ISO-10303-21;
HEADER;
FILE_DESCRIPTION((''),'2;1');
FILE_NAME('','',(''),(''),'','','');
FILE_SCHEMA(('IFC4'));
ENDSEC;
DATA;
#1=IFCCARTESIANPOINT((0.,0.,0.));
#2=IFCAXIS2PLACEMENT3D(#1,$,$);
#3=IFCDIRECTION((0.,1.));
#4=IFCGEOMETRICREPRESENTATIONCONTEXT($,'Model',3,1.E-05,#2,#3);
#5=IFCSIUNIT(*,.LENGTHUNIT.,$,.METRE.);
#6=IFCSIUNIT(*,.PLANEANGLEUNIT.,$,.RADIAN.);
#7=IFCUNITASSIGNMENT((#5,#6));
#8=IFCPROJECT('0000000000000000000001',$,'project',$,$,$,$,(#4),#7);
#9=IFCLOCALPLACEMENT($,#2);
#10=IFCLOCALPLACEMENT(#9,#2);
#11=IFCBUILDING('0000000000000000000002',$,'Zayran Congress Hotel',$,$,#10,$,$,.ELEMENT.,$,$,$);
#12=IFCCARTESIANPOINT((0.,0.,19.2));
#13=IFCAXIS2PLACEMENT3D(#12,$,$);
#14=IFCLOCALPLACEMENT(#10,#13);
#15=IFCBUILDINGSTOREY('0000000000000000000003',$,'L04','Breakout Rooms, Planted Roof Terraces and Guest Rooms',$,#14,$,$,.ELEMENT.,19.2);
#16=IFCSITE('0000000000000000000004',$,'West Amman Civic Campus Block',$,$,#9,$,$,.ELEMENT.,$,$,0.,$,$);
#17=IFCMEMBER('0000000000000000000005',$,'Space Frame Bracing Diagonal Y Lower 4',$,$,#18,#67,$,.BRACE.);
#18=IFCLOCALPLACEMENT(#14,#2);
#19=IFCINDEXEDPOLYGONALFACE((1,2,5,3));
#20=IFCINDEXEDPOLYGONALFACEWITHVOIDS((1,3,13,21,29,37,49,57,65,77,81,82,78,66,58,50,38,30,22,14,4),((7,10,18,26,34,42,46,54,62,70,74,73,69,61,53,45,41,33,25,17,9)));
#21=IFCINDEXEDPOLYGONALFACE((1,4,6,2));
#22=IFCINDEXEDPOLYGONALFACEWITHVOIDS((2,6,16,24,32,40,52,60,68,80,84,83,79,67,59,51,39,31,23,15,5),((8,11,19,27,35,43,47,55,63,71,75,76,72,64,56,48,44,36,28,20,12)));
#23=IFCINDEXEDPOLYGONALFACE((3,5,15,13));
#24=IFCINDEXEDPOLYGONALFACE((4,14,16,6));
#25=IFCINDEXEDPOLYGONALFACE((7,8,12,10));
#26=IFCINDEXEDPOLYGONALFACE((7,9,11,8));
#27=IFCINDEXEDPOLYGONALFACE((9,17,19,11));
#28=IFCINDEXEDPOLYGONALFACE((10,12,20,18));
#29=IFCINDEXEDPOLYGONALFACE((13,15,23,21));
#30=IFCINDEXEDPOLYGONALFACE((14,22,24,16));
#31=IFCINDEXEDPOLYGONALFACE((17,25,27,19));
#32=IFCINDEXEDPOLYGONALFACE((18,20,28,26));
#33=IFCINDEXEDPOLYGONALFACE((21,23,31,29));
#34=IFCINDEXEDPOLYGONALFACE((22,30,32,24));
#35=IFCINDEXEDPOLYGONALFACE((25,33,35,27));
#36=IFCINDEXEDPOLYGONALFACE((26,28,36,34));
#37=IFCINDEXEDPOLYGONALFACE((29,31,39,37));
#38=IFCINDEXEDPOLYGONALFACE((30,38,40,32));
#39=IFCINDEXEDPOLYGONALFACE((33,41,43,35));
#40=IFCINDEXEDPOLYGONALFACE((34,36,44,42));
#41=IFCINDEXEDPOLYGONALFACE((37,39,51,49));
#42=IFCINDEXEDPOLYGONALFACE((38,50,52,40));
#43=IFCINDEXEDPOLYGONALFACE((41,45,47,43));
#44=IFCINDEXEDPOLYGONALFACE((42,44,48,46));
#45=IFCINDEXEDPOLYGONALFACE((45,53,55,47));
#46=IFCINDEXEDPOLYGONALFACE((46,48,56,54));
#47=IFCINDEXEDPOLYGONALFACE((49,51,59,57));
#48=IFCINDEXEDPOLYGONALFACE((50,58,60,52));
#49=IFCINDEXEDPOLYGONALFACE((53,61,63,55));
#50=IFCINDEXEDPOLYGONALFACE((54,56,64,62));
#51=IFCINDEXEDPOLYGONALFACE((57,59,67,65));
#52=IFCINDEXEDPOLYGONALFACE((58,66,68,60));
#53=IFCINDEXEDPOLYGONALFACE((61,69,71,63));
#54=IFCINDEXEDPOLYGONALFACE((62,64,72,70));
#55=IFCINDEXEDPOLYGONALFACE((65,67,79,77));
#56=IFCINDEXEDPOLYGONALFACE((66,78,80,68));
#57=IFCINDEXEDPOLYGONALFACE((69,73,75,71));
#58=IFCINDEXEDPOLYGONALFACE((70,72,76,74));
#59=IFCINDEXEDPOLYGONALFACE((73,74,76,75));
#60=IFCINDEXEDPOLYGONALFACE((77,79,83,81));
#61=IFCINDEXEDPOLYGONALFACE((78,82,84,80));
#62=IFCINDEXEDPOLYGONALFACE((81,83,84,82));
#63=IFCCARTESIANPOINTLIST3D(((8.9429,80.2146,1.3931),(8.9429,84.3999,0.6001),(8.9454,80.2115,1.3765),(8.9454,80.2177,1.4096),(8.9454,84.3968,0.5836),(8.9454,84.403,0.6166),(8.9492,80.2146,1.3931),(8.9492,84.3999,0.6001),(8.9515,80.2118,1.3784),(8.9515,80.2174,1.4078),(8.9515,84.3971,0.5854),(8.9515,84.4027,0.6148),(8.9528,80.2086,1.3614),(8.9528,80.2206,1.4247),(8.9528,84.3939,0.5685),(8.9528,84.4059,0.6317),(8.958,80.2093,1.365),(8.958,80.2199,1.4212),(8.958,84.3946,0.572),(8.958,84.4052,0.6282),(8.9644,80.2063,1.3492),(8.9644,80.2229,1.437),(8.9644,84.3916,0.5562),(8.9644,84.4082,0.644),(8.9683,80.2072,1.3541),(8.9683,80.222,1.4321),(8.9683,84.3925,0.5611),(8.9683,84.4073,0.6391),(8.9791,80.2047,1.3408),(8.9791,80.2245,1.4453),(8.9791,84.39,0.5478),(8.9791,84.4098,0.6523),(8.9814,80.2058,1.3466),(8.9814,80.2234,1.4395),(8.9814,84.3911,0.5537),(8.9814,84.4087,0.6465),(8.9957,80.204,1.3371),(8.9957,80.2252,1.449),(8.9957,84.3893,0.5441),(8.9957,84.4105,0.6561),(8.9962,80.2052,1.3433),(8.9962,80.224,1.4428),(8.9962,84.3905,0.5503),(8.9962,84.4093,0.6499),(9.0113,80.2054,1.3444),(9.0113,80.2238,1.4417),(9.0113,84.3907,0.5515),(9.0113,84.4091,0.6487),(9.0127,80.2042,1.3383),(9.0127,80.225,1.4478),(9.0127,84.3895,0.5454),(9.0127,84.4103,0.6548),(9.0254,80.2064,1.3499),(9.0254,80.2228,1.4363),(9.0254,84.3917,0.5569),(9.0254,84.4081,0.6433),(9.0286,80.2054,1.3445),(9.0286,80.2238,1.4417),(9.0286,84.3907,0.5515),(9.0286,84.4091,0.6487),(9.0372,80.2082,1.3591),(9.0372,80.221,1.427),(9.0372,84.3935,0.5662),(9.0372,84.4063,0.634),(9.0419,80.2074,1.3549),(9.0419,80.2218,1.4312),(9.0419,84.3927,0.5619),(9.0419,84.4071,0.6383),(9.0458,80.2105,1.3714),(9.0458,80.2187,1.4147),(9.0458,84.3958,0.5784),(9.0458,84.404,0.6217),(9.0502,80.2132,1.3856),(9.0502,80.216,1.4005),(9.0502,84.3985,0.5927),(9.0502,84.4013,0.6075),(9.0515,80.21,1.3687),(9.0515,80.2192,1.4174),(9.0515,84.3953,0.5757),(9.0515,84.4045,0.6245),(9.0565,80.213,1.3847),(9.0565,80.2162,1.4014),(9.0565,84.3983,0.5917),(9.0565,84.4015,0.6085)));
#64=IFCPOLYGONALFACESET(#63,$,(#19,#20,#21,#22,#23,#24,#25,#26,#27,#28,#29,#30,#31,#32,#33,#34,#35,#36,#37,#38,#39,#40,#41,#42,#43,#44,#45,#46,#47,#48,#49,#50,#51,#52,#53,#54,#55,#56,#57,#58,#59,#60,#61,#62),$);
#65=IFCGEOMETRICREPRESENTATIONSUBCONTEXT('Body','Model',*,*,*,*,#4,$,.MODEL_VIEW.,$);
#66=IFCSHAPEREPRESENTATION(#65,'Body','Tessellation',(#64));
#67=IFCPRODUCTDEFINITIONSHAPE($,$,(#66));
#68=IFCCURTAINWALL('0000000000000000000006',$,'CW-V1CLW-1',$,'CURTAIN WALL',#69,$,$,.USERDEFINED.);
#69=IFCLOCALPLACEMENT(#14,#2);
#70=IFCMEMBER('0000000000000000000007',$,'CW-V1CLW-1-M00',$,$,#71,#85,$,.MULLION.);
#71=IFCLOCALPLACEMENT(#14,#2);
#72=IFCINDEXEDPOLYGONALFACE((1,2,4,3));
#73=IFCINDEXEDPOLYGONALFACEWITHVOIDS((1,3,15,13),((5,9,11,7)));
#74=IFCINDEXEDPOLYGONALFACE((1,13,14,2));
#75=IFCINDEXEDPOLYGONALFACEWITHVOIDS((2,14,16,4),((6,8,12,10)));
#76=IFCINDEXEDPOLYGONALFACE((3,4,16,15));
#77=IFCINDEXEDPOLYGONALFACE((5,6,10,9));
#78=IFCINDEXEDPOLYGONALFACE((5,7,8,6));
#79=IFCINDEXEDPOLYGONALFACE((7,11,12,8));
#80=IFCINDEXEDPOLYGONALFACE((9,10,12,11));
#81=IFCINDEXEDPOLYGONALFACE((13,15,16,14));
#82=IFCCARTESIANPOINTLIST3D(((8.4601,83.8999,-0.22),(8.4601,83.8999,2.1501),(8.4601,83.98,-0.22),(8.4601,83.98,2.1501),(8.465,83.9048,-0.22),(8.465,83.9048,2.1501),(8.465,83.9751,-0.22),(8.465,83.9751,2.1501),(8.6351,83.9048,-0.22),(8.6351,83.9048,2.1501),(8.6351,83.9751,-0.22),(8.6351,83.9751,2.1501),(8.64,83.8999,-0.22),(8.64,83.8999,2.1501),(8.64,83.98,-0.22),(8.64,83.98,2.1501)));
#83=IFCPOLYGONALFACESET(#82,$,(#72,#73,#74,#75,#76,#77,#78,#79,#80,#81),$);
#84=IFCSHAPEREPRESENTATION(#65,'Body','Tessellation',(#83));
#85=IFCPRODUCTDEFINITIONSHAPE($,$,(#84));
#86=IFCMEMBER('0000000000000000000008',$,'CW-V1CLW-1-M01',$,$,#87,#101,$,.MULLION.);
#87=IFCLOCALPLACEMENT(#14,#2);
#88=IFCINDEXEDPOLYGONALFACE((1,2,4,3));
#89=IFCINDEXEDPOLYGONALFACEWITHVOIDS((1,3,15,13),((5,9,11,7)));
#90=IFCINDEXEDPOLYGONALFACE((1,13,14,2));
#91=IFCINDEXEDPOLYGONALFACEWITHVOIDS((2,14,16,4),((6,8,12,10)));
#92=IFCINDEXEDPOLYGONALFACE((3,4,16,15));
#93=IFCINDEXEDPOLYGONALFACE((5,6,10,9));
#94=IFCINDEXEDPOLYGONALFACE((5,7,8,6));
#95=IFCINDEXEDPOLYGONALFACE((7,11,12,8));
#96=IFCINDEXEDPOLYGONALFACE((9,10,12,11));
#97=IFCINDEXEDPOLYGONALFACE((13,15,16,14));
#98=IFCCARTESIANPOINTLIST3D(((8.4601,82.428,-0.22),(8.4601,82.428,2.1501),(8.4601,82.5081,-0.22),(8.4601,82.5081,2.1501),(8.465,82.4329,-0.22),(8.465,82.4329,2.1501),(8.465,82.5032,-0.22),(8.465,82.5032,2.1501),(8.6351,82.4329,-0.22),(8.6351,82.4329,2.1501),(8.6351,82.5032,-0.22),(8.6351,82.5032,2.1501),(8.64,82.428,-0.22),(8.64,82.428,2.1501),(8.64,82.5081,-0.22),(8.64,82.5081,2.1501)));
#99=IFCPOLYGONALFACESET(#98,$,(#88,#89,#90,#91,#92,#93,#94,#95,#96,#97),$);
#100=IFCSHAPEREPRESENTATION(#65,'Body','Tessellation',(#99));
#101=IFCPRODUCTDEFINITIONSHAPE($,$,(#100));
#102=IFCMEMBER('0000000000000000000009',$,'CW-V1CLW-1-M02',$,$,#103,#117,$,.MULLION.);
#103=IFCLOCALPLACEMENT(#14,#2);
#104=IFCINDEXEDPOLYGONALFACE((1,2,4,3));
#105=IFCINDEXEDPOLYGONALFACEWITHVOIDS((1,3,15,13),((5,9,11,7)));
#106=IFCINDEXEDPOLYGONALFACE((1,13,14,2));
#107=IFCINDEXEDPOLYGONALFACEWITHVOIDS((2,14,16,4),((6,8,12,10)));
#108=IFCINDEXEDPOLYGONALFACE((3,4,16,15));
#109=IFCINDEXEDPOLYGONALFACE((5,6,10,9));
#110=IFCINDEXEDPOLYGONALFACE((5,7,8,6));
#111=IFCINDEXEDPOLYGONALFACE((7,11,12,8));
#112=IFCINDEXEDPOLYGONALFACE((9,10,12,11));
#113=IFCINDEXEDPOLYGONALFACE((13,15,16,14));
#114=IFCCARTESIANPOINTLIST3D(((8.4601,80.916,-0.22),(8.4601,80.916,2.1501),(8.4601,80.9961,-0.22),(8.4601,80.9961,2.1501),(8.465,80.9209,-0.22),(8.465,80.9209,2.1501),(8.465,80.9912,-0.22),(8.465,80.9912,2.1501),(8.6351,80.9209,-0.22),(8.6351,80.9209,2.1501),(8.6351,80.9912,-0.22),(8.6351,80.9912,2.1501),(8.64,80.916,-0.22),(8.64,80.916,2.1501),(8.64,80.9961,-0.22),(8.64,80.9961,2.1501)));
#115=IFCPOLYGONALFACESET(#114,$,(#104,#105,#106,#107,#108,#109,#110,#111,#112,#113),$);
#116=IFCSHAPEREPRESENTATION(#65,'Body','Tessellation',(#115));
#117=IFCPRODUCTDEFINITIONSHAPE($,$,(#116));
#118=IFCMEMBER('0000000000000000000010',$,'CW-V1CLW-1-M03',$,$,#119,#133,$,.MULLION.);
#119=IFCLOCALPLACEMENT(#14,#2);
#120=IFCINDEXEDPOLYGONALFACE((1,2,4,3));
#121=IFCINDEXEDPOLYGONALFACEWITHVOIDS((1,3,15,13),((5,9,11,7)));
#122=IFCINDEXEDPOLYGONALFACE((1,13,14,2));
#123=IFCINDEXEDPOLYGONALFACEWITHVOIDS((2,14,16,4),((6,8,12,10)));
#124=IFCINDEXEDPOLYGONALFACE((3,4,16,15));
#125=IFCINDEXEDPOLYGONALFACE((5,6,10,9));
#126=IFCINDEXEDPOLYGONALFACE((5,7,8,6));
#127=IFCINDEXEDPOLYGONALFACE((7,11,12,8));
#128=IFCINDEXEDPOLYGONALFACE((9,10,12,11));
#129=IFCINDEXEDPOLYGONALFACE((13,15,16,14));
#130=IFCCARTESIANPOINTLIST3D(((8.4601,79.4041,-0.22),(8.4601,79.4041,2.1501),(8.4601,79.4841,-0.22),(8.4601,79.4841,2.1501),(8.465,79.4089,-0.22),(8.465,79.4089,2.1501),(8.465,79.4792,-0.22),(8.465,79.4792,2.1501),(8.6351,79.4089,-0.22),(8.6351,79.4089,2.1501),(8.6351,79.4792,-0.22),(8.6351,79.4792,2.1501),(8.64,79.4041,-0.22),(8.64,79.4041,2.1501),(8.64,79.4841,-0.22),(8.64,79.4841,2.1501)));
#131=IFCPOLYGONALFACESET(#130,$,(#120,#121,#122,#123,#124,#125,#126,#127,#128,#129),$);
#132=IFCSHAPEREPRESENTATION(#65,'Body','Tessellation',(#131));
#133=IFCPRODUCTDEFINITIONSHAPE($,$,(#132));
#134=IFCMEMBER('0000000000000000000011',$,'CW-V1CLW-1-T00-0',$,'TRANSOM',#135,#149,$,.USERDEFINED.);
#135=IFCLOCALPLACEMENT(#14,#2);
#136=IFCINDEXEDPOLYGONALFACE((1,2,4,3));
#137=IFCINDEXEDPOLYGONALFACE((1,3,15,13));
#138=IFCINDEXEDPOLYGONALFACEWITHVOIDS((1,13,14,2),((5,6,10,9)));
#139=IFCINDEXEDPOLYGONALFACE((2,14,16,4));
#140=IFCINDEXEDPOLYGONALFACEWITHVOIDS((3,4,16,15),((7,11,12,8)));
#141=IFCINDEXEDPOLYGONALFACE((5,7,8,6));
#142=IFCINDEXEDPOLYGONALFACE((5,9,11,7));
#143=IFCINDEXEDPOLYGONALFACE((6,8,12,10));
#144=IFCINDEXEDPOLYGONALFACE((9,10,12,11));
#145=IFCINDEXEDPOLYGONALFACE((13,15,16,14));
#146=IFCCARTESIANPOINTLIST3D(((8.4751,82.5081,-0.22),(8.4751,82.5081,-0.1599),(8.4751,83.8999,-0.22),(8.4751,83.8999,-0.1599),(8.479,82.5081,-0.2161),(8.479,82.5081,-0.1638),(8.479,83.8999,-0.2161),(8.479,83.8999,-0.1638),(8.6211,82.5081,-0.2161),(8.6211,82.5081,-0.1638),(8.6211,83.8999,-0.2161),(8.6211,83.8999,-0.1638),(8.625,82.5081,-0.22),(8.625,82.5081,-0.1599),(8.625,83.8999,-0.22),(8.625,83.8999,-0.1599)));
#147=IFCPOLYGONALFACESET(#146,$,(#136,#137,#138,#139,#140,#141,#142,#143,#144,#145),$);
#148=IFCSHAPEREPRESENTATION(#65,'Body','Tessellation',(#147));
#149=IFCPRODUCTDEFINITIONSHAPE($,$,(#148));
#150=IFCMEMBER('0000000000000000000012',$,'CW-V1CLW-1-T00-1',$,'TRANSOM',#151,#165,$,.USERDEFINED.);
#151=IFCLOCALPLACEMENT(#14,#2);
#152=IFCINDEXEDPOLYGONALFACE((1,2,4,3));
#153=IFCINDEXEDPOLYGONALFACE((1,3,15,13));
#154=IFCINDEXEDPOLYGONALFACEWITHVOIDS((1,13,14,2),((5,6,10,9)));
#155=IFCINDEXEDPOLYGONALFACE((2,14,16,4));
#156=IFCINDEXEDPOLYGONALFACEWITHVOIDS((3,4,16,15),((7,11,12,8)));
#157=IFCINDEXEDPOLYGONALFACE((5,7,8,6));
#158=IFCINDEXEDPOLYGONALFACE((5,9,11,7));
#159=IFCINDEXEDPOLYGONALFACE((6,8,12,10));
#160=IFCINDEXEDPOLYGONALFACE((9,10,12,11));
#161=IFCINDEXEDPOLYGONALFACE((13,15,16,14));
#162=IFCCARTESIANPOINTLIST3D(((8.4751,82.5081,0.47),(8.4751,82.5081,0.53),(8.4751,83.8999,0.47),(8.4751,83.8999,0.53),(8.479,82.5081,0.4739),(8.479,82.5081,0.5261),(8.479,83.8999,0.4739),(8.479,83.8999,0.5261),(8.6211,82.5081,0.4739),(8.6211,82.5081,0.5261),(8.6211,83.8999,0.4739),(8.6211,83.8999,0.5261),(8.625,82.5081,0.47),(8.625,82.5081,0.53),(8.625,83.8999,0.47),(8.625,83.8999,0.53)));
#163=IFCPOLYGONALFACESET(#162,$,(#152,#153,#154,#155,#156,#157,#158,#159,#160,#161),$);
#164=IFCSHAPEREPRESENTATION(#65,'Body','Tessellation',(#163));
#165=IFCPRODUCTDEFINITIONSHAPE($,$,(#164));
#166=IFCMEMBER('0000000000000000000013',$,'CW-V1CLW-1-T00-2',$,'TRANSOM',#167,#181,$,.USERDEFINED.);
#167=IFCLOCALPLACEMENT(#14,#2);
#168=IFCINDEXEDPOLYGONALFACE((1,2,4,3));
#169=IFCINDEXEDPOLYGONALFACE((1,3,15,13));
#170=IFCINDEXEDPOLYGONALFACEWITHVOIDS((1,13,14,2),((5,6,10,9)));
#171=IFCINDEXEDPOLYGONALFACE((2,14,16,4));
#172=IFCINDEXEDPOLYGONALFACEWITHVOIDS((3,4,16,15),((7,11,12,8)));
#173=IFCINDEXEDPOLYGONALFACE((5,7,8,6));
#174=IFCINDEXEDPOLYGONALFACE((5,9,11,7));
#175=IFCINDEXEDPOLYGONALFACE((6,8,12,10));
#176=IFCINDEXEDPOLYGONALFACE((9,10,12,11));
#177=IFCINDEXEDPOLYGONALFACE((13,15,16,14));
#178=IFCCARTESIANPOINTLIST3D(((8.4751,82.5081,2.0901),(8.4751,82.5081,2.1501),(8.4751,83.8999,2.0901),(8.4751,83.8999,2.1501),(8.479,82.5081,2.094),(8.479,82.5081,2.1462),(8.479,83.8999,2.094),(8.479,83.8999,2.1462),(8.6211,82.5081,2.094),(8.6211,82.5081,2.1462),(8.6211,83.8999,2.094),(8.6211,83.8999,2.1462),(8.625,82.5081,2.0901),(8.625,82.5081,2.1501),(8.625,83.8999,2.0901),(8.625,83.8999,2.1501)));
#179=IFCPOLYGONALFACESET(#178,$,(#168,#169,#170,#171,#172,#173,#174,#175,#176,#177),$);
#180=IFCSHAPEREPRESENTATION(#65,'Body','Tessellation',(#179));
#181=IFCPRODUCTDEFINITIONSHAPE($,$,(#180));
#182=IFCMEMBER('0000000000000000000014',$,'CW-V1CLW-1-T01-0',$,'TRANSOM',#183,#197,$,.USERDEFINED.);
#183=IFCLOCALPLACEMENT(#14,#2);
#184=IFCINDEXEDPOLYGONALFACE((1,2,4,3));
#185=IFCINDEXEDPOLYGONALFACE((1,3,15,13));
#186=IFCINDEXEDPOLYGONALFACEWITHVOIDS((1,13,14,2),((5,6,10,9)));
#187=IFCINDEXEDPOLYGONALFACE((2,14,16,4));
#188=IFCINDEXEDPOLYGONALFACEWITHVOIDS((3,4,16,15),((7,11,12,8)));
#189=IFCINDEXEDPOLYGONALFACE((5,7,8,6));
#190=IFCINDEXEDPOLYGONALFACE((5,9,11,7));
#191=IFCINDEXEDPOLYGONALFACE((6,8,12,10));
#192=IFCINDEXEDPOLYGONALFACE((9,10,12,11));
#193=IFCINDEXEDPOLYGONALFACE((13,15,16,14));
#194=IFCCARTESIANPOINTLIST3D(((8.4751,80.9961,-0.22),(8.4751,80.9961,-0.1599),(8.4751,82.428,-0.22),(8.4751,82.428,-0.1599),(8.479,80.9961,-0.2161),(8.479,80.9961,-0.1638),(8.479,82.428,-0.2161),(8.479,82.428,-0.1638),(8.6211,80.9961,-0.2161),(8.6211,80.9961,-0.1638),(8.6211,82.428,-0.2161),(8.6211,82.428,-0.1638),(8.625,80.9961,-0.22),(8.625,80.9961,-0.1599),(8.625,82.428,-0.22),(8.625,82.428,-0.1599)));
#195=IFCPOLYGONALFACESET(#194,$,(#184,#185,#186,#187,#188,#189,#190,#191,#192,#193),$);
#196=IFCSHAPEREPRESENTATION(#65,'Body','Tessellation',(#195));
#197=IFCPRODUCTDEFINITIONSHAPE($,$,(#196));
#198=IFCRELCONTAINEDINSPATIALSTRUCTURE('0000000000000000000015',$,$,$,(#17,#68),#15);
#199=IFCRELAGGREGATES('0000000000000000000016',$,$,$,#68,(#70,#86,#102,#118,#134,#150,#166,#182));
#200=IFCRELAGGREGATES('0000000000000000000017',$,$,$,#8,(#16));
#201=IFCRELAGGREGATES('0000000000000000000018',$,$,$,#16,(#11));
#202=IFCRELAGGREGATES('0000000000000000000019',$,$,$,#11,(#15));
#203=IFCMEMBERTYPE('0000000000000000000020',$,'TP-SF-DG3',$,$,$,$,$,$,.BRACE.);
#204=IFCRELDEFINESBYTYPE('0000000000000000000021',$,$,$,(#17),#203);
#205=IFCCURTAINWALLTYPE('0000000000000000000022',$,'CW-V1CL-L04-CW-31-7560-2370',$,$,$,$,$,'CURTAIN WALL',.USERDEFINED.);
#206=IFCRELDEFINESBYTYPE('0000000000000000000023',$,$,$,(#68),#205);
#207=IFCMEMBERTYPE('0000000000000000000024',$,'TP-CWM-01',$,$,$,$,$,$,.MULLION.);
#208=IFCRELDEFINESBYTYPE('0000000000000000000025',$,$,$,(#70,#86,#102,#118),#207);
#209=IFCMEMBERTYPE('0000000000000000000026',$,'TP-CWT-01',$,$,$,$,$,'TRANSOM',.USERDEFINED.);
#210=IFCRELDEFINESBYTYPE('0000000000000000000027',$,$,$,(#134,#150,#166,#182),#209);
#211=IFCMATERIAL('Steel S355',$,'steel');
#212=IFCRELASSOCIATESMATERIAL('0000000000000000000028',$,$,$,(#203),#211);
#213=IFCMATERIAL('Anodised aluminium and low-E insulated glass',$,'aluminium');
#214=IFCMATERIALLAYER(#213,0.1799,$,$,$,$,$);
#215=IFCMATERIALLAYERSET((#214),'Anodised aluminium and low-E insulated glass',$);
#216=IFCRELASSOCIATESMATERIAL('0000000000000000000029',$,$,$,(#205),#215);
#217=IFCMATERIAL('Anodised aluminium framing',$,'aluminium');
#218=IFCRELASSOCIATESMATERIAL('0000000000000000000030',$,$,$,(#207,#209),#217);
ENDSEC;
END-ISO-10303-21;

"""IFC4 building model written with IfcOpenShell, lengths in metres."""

from ifc_helpers import new_model, si_unit, direction, frame, origin, origin_2d, place, context, subcontext, project, spatial, hollow_rectangle, hollow_circle, extrude, material, layer, layer_set, material_profile, profile_set, type_object, element, aggregate, save


model = new_model("IFC4")

# Units and contexts
model_context = context("Model", 3, precision=1e-05, world=origin(), true_north=direction((0.0, 1.0)))
body_context = subcontext(model_context, "Body", "Model", "MODEL_VIEW")
ifc_project = project(units=[si_unit("LENGTHUNIT", "METRE"), si_unit("PLANEANGLEUNIT", "RADIAN")], contexts=[model_context])

# Site, building, storey
site_placement = place(None, origin())
site = spatial("IfcSite", under=ifc_project, at=site_placement, Name="West Amman Civic Campus Block", CompositionType="ELEMENT", RefElevation=0.0)
building_placement = place(site_placement, origin())
building = spatial("IfcBuilding", under=site, at=building_placement, Name="Zayran Congress Hotel", CompositionType="ELEMENT")
storey_placement = place(building_placement, frame((0.0, 0.0, 19.2)))
storey = spatial("IfcBuildingStorey", under=building, at=storey_placement, Name="L04", Description="Breakout Rooms, Planted Roof Terraces and Guest Rooms", CompositionType="ELEMENT", Elevation=19.2)

# Member
ifc_material_1 = material(Name="Steel S355", Category="steel")
ifc_material_profile_1 = material_profile(ifc_material_1, hollow_circle(Radius=0.0571, WallThickness=0.0063, at=origin_2d()), Name="CHS 114.3x6.3")
ifc_profile_set_1 = profile_set([ifc_material_profile_1], Name="Steel S355")
member_type_1 = type_object("IfcMemberType", Name="TP-SF-DG3", PredefinedType="BRACE", material=ifc_profile_set_1)
member_1_placement = place(storey_placement, frame((9.0, 80.2146, 1.3931), z_axis=(0.0, 0.982521, -0.186153), x_axis=(-1.0, 0.0, 0.0)))
element("IfcMember", 1, at=member_1_placement, inside=storey, type_object=member_type_1, Name="Space Frame Bracing Diagonal Y Lower 4", PredefinedType="BRACE", context=body_context, shape_type="SweptSolid", body=[
    extrude(hollow_circle(Radius=0.0571, WallThickness=0.0063, at=origin_2d()), origin(), (0.0, 0.0, 1.0), 4.2598),
])

# Curtain wall, members
ifc_material_2 = material(Name="Anodised aluminium and low-E insulated glass", Category="aluminium")
ifc_layer_1 = layer(ifc_material_2, 0.1799)
ifc_layer_set_1 = layer_set([ifc_layer_1], Name="Anodised aluminium and low-E insulated glass")
curtain_wall_type = type_object("IfcCurtainWallType", Name="CW-V1CL-L04-CW-31-7560-2370", ElementType="CURTAIN WALL", PredefinedType="USERDEFINED", material=ifc_layer_set_1)
curtain_wall_placement = place(storey_placement, origin())
curtain_wall = element("IfcCurtainWall", 2, at=curtain_wall_placement, inside=storey, type_object=curtain_wall_type, Name="CW-V1CLW-1", ObjectType="CURTAIN WALL", PredefinedType="USERDEFINED")
ifc_material_3 = material(Name="Anodised aluminium framing", Category="aluminium")
ifc_material_profile_2 = material_profile(ifc_material_3, hollow_rectangle(XDim=0.0801, YDim=0.1799, WallThickness=0.0049, at=origin_2d()), Name="RHS 180x80x5")
ifc_profile_set_2 = profile_set([ifc_material_profile_2], Name="Anodised aluminium framing")
member_type_2 = type_object("IfcMemberType", Name="TP-CWM-01", PredefinedType="MULLION", material=ifc_profile_set_2)
member_2_placement = place(storey_placement, frame((8.55, 83.9399, -0.22), z_axis=(0.0, 0.0, 1.0), x_axis=(0.0, 1.0, 0.0)))
member_2 = element("IfcMember", 3, at=member_2_placement, type_object=member_type_2, Name="CW-V1CLW-1-M00", PredefinedType="MULLION", context=body_context, shape_type="SweptSolid", body=[
    extrude(hollow_rectangle(XDim=0.0801, YDim=0.1799, WallThickness=0.0049, at=origin_2d()), origin(), (0.0, 0.0, 1.0), 2.3701),
])
member_3_placement = place(storey_placement, frame((8.55, 82.468, -0.22), z_axis=(0.0, 0.0, 1.0), x_axis=(0.0, 1.0, 0.0)))
member_3 = element("IfcMember", 4, at=member_3_placement, type_object=member_type_2, Name="CW-V1CLW-1-M01", PredefinedType="MULLION", context=body_context, shape_type="SweptSolid", body=[
    extrude(hollow_rectangle(XDim=0.0801, YDim=0.1799, WallThickness=0.0049, at=origin_2d()), origin(), (0.0, 0.0, 1.0), 2.3701),
])
member_4_placement = place(storey_placement, frame((8.55, 80.9561, -0.22), z_axis=(0.0, 0.0, 1.0), x_axis=(0.0, 1.0, 0.0)))
member_4 = element("IfcMember", 5, at=member_4_placement, type_object=member_type_2, Name="CW-V1CLW-1-M02", PredefinedType="MULLION", context=body_context, shape_type="SweptSolid", body=[
    extrude(hollow_rectangle(XDim=0.0801, YDim=0.1799, WallThickness=0.0049, at=origin_2d()), origin(), (0.0, 0.0, 1.0), 2.3701),
])
member_5_placement = place(storey_placement, frame((8.55, 79.4441, -0.22), z_axis=(0.0, 0.0, 1.0), x_axis=(0.0, 1.0, 0.0)))
member_5 = element("IfcMember", 6, at=member_5_placement, type_object=member_type_2, Name="CW-V1CLW-1-M03", PredefinedType="MULLION", context=body_context, shape_type="SweptSolid", body=[
    extrude(hollow_rectangle(XDim=0.0801, YDim=0.1799, WallThickness=0.0049, at=origin_2d()), origin(), (0.0, 0.0, 1.0), 2.3701),
])
ifc_material_profile_3 = material_profile(ifc_material_3, hollow_rectangle(XDim=0.0601, YDim=0.1499, WallThickness=0.0039, at=origin_2d()), Name="RHS 150x60x4")
ifc_profile_set_3 = profile_set([ifc_material_profile_3], Name="Anodised aluminium framing")
member_type_3 = type_object("IfcMemberType", Name="TP-CWT-01", ElementType="TRANSOM", PredefinedType="USERDEFINED", material=ifc_profile_set_3)
member_6_placement = place(storey_placement, frame((8.55, 83.8999, -0.1899), z_axis=(0.0, -1.0, 0.0), x_axis=(0.0, 0.0, 1.0)))
member_6 = element("IfcMember", 7, at=member_6_placement, type_object=member_type_3, Name="CW-V1CLW-1-T00-0", ObjectType="TRANSOM", PredefinedType="USERDEFINED", context=body_context, shape_type="SweptSolid", body=[
    extrude(hollow_rectangle(XDim=0.0601, YDim=0.1499, WallThickness=0.0039, at=origin_2d()), origin(), (0.0, 0.0, 1.0), 1.3918),
])
member_7_placement = place(storey_placement, frame((8.55, 83.8999, 0.5), z_axis=(0.0, -1.0, 0.0), x_axis=(0.0, 0.0, 1.0)))
member_7 = element("IfcMember", 8, at=member_7_placement, type_object=member_type_3, Name="CW-V1CLW-1-T00-1", ObjectType="TRANSOM", PredefinedType="USERDEFINED", context=body_context, shape_type="SweptSolid", body=[
    extrude(hollow_rectangle(XDim=0.0601, YDim=0.1499, WallThickness=0.0039, at=origin_2d()), origin(), (0.0, 0.0, 1.0), 1.3918),
])
member_8_placement = place(storey_placement, frame((8.55, 83.8999, 2.1201), z_axis=(0.0, -1.0, 0.0), x_axis=(0.0, 0.0, 1.0)))
member_8 = element("IfcMember", 9, at=member_8_placement, type_object=member_type_3, Name="CW-V1CLW-1-T00-2", ObjectType="TRANSOM", PredefinedType="USERDEFINED", context=body_context, shape_type="SweptSolid", body=[
    extrude(hollow_rectangle(XDim=0.0601, YDim=0.1499, WallThickness=0.0039, at=origin_2d()), origin(), (0.0, 0.0, 1.0), 1.3918),
])
member_9_placement = place(storey_placement, frame((8.55, 82.428, -0.1899), z_axis=(0.0, -1.0, 0.0), x_axis=(0.0, 0.0, 1.0)))
member_9 = element("IfcMember", 10, at=member_9_placement, type_object=member_type_3, Name="CW-V1CLW-1-T01-0", ObjectType="TRANSOM", PredefinedType="USERDEFINED", context=body_context, shape_type="SweptSolid", body=[
    extrude(hollow_rectangle(XDim=0.0601, YDim=0.1499, WallThickness=0.0039, at=origin_2d()), origin(), (0.0, 0.0, 1.0), 1.4319),
])

aggregate(curtain_wall, [member_2, member_3, member_4, member_5, member_6, member_7, member_8, member_9])

save(model, "model.ifc")
